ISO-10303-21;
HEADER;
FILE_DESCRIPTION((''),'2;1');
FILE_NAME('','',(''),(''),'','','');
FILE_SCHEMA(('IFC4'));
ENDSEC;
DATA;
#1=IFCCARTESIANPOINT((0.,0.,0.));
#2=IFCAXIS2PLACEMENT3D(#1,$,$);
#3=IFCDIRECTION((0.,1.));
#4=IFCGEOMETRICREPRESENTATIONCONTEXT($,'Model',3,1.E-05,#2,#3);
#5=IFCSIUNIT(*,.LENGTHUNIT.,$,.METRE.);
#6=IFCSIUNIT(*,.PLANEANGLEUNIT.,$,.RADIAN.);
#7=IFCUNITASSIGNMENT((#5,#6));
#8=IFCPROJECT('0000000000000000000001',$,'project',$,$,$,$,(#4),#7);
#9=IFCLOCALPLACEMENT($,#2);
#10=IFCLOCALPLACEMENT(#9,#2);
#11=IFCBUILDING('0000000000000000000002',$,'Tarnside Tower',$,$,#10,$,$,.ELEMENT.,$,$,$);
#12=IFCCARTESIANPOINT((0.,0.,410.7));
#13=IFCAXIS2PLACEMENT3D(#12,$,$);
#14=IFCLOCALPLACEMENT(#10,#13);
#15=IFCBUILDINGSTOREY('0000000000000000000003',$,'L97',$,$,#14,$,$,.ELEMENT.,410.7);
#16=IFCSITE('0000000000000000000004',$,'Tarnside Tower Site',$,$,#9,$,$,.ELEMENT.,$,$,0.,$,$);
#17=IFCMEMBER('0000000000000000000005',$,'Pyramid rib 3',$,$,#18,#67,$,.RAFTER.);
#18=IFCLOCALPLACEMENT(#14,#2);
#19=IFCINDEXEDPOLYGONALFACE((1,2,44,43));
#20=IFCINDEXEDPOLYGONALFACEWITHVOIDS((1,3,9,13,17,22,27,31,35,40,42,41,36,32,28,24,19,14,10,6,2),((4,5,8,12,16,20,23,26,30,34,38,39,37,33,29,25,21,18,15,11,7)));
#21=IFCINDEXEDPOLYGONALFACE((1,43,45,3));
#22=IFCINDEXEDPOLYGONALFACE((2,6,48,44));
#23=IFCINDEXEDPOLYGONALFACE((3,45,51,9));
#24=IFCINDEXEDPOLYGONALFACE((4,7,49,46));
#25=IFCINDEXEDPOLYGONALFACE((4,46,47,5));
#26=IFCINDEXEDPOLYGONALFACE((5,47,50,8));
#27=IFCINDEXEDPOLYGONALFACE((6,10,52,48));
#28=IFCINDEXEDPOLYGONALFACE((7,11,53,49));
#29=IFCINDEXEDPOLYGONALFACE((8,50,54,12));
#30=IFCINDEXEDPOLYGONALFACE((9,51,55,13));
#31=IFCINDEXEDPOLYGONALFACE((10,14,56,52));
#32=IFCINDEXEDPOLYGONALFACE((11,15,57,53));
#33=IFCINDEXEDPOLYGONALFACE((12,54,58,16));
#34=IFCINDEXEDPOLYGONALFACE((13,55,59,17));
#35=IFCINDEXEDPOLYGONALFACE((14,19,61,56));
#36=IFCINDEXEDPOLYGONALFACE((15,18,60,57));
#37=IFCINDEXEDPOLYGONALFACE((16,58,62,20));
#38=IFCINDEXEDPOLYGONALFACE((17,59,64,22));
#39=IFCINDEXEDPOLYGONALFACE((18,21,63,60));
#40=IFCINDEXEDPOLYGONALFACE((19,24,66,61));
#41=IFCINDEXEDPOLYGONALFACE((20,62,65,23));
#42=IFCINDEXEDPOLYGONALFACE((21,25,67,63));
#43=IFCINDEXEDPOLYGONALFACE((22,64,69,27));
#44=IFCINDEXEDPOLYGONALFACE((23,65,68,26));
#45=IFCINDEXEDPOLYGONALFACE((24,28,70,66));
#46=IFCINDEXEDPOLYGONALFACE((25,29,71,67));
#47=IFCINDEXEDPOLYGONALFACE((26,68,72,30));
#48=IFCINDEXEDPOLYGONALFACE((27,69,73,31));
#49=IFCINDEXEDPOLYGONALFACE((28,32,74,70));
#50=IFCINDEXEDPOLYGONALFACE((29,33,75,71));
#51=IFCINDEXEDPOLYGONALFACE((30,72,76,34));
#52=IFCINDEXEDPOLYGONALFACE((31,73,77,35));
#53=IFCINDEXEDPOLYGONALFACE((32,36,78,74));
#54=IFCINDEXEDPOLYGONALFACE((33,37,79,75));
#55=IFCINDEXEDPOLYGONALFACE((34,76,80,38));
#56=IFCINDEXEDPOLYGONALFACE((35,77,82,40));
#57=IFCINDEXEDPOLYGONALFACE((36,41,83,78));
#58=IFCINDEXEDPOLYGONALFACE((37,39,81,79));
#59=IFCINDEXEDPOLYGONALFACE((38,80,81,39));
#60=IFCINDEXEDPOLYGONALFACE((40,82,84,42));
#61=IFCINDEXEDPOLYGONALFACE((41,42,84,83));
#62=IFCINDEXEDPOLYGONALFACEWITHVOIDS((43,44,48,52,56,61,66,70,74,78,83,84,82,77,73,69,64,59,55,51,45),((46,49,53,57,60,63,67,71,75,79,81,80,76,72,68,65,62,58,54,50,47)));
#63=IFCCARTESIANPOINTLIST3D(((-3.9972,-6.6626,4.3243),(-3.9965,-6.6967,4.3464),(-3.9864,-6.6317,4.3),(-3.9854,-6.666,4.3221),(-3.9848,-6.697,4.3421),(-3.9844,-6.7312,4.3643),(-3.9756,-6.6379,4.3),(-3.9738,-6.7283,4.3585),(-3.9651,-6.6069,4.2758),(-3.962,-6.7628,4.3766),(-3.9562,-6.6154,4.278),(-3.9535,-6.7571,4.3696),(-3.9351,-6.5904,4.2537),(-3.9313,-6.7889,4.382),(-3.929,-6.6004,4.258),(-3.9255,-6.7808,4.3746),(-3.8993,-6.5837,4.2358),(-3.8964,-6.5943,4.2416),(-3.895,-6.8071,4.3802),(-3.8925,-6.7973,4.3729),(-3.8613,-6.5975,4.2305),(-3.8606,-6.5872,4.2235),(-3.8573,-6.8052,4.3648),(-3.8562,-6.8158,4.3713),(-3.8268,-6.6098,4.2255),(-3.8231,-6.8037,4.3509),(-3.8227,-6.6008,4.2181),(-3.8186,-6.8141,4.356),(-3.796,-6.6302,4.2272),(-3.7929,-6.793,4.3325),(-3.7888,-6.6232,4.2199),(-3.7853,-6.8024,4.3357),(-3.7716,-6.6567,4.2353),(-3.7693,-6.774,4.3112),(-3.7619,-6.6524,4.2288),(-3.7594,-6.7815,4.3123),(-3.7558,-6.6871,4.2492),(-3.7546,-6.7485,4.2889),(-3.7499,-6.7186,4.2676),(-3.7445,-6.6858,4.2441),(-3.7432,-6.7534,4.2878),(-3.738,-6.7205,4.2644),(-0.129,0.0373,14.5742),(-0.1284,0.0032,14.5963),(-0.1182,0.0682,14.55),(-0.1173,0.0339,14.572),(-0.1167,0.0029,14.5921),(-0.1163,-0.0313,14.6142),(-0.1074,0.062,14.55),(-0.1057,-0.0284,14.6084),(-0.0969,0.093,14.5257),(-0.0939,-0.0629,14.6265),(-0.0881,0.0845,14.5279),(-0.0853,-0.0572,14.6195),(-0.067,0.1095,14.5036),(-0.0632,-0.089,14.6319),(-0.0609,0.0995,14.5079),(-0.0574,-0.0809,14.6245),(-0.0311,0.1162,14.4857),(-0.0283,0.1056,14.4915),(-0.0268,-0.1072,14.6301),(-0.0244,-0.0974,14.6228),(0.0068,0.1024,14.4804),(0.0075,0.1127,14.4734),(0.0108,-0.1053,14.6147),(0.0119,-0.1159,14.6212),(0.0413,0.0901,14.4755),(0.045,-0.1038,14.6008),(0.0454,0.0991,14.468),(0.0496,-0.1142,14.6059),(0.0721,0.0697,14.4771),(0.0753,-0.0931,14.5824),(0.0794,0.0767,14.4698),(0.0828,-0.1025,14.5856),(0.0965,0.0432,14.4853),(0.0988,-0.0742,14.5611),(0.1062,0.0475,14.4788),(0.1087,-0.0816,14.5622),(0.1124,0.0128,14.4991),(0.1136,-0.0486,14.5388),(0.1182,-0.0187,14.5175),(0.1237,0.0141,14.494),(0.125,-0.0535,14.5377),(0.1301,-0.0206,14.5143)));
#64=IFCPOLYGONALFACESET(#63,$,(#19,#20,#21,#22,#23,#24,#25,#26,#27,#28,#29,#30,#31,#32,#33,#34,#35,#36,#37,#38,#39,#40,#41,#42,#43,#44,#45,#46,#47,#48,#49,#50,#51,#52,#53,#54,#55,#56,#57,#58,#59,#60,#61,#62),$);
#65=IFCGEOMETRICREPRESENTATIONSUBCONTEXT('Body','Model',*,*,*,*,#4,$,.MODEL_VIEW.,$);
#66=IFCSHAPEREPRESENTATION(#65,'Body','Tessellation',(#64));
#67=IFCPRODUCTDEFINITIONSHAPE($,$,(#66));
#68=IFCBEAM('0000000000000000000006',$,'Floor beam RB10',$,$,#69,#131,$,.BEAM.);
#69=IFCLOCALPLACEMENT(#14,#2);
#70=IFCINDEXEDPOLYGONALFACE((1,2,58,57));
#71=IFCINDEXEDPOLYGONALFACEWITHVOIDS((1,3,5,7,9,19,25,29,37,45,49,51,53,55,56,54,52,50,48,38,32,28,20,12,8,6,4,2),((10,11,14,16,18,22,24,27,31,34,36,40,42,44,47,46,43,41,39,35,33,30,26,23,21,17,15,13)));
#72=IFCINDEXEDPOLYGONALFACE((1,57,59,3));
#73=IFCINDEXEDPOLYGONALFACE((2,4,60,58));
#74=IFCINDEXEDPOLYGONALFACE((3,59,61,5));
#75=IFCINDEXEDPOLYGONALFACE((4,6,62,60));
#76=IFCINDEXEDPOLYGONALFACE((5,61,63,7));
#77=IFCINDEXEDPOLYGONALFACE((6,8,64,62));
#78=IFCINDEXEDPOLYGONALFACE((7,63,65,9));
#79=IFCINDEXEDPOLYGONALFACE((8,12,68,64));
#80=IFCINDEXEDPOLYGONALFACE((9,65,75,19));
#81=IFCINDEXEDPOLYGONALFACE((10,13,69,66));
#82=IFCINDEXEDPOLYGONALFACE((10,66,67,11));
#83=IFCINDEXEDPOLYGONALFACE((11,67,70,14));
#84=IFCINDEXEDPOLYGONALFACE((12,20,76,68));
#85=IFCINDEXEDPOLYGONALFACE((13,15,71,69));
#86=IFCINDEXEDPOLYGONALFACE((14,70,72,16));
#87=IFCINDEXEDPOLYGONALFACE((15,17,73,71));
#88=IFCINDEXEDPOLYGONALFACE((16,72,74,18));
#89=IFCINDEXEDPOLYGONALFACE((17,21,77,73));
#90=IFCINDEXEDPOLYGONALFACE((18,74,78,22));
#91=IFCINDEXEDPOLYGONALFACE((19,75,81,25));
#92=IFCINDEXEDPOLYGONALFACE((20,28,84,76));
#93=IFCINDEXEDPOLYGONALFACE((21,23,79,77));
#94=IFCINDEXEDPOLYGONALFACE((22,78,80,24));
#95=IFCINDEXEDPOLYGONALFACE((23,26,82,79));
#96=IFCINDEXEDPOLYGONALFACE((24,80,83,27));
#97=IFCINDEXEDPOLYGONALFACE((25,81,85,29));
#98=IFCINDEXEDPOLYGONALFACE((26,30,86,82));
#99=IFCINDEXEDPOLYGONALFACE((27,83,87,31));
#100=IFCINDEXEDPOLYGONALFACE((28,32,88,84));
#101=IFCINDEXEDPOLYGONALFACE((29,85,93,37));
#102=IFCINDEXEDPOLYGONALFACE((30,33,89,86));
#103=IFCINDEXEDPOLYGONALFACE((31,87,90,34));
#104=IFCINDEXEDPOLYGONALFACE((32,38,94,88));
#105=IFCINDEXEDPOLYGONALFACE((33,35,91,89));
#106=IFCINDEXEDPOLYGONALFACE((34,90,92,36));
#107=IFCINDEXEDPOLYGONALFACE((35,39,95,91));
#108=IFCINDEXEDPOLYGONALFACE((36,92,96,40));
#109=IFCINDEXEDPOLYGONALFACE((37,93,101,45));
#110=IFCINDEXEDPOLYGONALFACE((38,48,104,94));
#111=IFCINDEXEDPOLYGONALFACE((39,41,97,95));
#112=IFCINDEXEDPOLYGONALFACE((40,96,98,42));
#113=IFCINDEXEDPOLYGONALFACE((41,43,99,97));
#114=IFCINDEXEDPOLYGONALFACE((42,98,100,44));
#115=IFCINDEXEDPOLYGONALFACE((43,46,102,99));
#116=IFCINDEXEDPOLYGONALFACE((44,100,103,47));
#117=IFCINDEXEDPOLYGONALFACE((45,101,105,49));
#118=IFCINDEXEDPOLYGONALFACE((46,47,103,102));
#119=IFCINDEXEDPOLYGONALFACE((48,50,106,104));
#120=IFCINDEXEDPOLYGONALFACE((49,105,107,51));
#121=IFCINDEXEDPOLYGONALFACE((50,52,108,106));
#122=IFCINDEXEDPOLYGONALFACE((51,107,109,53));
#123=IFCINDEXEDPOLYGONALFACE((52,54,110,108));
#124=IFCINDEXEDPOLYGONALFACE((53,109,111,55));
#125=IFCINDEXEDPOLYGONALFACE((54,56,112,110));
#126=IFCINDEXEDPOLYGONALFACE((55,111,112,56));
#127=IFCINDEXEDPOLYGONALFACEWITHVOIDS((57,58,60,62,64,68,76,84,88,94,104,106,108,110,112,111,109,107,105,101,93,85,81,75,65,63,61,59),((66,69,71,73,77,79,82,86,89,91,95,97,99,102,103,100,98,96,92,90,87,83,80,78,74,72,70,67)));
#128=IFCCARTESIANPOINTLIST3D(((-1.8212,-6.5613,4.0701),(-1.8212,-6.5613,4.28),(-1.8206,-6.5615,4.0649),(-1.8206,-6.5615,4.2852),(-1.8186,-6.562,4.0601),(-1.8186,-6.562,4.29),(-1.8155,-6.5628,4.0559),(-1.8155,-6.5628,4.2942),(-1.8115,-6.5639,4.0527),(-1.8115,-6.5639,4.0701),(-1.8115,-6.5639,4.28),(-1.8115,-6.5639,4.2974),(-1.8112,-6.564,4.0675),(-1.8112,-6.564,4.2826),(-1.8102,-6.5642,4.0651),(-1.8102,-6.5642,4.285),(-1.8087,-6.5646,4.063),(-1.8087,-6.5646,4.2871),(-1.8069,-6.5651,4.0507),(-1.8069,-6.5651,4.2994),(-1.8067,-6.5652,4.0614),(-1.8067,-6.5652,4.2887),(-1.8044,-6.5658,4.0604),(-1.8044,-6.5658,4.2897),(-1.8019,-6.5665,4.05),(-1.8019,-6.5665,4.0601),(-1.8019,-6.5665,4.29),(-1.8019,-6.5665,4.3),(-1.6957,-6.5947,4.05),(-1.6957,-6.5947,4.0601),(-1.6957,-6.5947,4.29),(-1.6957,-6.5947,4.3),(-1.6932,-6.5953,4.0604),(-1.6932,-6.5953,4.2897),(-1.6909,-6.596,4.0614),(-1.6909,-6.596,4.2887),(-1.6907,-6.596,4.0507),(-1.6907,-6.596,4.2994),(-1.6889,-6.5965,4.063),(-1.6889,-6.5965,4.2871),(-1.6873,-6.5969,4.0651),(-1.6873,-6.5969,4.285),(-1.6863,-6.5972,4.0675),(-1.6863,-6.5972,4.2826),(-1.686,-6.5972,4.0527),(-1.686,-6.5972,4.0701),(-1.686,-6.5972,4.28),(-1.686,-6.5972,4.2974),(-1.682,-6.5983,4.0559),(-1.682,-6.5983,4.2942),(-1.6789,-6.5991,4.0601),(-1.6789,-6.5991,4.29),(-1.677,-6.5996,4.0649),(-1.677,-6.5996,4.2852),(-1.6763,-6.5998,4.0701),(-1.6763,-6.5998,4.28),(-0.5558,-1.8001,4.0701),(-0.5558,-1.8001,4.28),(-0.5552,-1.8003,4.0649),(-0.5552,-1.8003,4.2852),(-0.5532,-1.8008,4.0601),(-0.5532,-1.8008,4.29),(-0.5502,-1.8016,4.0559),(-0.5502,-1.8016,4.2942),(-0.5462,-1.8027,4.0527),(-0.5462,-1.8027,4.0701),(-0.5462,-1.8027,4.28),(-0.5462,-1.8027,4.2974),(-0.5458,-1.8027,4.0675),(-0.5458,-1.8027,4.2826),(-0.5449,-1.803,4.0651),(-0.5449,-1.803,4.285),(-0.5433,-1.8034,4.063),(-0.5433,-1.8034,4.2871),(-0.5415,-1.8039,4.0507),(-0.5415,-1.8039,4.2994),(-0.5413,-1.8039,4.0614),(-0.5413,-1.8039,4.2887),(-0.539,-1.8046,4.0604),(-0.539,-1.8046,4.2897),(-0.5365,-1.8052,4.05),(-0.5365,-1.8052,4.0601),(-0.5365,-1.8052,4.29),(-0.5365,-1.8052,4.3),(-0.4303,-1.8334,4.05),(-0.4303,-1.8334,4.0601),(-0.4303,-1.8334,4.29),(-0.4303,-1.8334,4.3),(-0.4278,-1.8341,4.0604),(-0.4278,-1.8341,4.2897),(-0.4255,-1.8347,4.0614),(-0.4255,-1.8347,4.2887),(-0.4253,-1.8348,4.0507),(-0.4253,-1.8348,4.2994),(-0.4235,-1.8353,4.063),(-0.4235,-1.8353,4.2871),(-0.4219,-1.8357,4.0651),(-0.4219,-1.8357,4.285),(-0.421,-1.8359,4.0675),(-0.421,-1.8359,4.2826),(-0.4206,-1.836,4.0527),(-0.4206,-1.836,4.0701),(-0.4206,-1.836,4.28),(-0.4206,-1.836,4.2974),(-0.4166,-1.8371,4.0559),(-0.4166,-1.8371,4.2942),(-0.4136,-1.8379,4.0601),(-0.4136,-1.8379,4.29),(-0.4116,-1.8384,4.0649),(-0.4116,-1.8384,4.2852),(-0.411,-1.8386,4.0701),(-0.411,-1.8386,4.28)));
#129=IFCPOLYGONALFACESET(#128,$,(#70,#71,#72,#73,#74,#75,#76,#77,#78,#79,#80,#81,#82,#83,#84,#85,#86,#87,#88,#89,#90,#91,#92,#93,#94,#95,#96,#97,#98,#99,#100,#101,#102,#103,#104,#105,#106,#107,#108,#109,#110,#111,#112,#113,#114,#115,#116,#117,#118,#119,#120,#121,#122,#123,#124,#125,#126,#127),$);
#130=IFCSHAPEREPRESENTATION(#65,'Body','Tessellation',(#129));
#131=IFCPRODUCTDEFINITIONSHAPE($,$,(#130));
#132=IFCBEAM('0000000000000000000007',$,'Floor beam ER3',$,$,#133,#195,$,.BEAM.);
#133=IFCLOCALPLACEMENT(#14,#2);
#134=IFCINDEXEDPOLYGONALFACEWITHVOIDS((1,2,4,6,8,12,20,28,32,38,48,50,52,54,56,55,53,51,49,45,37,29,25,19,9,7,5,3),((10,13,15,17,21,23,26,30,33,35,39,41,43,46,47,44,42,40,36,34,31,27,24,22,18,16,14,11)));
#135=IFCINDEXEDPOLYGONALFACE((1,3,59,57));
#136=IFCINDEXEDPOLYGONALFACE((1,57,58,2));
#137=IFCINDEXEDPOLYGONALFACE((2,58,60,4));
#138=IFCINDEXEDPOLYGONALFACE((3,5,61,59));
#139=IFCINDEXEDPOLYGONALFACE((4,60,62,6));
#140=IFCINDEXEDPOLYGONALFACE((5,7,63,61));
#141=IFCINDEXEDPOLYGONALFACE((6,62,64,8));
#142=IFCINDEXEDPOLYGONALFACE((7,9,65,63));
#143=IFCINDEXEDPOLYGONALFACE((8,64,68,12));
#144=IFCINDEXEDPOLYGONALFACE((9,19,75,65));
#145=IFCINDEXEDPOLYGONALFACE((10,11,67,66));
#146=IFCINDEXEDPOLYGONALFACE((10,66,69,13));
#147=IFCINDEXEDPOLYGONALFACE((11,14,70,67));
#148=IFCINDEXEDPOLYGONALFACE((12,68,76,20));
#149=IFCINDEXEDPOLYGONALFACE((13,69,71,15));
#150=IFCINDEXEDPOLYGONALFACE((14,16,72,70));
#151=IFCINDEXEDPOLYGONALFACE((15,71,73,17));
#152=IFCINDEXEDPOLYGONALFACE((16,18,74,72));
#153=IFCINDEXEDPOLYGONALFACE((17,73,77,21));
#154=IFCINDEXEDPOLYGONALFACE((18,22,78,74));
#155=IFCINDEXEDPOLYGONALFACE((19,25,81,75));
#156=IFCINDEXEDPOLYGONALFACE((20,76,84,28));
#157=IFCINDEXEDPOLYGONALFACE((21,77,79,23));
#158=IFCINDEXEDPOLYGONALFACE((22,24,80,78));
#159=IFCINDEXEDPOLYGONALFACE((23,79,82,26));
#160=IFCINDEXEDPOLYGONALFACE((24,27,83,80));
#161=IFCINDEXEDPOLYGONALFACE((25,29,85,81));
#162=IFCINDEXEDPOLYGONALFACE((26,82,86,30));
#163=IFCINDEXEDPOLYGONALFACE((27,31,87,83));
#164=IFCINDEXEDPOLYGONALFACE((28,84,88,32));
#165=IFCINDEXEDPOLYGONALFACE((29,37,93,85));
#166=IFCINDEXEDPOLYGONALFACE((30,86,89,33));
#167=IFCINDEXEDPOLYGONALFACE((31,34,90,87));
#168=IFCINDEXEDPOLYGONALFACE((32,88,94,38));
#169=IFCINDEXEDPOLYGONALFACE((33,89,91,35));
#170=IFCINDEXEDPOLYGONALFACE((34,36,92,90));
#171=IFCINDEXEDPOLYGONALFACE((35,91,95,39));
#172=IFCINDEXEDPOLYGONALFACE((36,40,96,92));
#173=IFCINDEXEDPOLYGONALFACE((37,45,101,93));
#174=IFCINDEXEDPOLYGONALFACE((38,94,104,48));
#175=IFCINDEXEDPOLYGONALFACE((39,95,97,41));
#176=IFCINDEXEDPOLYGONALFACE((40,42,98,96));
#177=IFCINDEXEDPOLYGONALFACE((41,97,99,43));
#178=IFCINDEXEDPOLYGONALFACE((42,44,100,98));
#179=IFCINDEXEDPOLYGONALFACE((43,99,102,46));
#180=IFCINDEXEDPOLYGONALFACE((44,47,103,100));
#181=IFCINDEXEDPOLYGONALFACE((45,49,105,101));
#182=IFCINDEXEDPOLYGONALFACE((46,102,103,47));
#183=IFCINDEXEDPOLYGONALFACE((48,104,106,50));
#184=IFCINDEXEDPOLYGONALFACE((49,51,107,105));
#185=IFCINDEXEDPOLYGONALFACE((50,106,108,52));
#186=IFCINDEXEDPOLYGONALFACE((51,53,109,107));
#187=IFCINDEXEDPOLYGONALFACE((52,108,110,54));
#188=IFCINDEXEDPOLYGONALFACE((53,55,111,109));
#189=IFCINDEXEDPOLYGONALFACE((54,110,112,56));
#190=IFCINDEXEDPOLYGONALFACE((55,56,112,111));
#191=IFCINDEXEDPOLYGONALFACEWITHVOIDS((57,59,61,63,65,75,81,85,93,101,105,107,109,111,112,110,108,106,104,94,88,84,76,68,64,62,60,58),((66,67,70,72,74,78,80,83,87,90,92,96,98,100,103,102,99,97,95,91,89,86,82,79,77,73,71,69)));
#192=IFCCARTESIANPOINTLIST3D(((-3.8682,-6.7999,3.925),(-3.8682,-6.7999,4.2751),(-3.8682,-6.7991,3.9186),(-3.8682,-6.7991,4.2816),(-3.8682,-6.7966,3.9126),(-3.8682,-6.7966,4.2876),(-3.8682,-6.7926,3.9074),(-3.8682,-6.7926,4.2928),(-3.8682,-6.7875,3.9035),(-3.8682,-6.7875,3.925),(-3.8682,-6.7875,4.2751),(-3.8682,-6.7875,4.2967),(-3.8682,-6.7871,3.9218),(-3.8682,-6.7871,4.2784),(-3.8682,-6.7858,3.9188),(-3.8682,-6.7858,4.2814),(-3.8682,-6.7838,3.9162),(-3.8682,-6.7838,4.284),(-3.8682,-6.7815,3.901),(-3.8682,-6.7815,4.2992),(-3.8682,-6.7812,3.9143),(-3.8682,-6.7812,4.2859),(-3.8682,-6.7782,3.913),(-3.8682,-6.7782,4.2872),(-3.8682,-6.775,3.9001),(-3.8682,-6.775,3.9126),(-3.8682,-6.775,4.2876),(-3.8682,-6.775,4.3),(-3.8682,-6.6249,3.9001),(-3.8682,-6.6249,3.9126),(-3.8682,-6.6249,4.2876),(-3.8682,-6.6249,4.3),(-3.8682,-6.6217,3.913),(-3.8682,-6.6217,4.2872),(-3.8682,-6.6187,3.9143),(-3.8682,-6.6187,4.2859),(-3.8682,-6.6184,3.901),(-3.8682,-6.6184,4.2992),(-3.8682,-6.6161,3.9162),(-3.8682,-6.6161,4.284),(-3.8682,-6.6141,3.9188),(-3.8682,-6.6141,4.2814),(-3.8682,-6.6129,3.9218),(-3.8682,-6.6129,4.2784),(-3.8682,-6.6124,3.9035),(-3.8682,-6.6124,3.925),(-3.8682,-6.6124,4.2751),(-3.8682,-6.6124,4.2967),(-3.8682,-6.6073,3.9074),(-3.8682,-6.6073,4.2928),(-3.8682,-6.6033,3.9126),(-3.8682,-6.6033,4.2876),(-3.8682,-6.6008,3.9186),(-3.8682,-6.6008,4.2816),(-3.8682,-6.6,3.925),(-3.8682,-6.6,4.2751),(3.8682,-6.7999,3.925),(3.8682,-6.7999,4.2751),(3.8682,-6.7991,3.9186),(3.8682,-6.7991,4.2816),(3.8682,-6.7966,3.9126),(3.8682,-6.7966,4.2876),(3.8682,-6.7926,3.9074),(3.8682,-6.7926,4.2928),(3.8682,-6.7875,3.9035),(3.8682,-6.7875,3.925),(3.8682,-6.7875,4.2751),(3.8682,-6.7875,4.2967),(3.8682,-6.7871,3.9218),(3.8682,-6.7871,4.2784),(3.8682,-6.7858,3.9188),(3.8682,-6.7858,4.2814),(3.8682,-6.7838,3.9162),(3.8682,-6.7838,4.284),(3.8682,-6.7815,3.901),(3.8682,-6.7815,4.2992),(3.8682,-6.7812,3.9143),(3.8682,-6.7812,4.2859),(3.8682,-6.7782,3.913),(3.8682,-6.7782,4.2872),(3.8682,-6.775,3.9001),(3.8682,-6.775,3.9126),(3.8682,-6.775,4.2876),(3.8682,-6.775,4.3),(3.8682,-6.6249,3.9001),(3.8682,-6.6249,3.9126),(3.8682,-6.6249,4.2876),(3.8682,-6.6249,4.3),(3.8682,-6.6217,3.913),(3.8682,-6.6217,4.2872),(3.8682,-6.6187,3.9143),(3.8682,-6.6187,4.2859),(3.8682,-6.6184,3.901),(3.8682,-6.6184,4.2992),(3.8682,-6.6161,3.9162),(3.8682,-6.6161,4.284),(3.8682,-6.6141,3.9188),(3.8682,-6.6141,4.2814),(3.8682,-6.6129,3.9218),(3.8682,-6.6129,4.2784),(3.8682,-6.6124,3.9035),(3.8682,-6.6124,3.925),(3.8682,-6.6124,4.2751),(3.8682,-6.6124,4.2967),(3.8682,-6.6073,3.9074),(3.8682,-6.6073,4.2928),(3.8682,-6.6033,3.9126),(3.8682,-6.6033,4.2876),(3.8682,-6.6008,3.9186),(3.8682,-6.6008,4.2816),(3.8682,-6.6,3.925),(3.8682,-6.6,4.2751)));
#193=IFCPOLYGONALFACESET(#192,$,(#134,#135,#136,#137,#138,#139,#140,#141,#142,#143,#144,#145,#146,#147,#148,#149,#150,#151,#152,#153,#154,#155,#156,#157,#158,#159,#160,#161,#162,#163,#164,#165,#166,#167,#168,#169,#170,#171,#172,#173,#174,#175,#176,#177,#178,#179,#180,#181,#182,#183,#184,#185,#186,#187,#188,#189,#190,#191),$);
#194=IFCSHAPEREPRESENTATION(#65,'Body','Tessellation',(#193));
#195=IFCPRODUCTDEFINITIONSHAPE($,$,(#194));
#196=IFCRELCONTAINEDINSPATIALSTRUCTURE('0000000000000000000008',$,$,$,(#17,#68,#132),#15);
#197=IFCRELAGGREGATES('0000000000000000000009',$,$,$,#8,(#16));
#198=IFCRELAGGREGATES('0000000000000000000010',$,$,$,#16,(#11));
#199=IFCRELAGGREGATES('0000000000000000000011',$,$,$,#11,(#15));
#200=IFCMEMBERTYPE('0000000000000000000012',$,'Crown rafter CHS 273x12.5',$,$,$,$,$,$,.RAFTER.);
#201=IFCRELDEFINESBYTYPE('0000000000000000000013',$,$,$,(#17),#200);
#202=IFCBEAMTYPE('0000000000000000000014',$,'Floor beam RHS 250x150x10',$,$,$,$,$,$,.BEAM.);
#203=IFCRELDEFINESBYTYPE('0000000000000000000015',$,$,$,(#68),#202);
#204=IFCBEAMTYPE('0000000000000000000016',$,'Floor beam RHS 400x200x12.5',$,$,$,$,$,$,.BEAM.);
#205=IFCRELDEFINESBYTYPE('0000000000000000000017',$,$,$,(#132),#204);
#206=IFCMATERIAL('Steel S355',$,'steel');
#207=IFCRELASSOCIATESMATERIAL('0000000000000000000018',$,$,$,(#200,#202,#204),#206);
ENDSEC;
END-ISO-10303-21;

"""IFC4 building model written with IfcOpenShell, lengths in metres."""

from ifc_helpers import new_model, si_unit, direction, frame, origin, origin_2d, place, context, subcontext, project, spatial, hollow_rectangle, hollow_circle, extrude, material, material_profile, profile_set, type_object, element, save


model = new_model("IFC4")

# Units and contexts
model_context = context("Model", 3, precision=1e-05, world=origin(), true_north=direction((0.0, 1.0)))
body_context = subcontext(model_context, "Body", "Model", "MODEL_VIEW")
ifc_project = project(units=[si_unit("LENGTHUNIT", "METRE"), si_unit("PLANEANGLEUNIT", "RADIAN")], contexts=[model_context])

# Site, building, storey
site_placement = place(None, origin())
site = spatial("IfcSite", under=ifc_project, at=site_placement, Name="Tarnside Tower Site", CompositionType="ELEMENT", RefElevation=0.0)
building_placement = place(site_placement, origin())
building = spatial("IfcBuilding", under=site, at=building_placement, Name="Tarnside Tower", CompositionType="ELEMENT")
storey_placement = place(building_placement, frame((0.0, 0.0, 410.7)))
storey = spatial("IfcBuildingStorey", under=building, at=storey_placement, Name="L97", CompositionType="ELEMENT", Elevation=410.7)

# Member
ifc_material_1 = material(Name="Steel S355", Category="steel")
ifc_material_profile_1 = material_profile(ifc_material_1, hollow_circle(Radius=0.1365, WallThickness=0.0125, at=origin_2d()), Name="CHS 273x12.5")
ifc_profile_set_1 = profile_set([ifc_material_profile_1], Name="Steel S355")
member_type_1 = type_object("IfcMemberType", Name="Crown rafter CHS 273x12.5", PredefinedType="RAFTER", material=ifc_profile_set_1)
member_1_placement = place(storey_placement, frame((-3.8682, -6.7, 4.3), z_axis=(0.301214, 0.521726, 0.798168), x_axis=(-0.866028, 0.499995, 0.0)))
element("IfcMember", 1, at=member_1_placement, inside=storey, type_object=member_type_1, Name="Pyramid rib 3", PredefinedType="RAFTER", context=body_context, shape_type="SweptSolid", body=[
    extrude(hollow_circle(Radius=0.1365, WallThickness=0.0125, at=origin_2d()), origin(), (0.0, 0.0, 1.0), 12.8418),
])

# Beams
ifc_material_profile_2 = material_profile(ifc_material_1, hollow_rectangle(XDim=0.1499, YDim=0.25, WallThickness=0.01, InnerFilletRadius=0.01, OuterFilletRadius=0.02, at=origin_2d()), Name="RHS 250x150x10")
ifc_profile_set_2 = profile_set([ifc_material_profile_2], Name="Steel S355")
beam_type_1 = type_object("IfcBeamType", Name="Floor beam RHS 250x150x10", PredefinedType="BEAM", material=ifc_profile_set_2)
beam_1_placement = place(storey_placement, frame((-1.7488, -6.5806, 4.175), z_axis=(0.256851, 0.966451, 0.0), x_axis=(-0.966451, 0.256851, 0.0)))
element("IfcBeam", 2, at=beam_1_placement, inside=storey, type_object=beam_type_1, Name="Floor beam RB10", PredefinedType="BEAM", context=body_context, shape_type="SweptSolid", body=[
    extrude(hollow_rectangle(XDim=0.1499, YDim=0.25, WallThickness=0.01, InnerFilletRadius=0.01, OuterFilletRadius=0.02, at=origin_2d()), origin(), (0.0, 0.0, 1.0), 4.9265),
])
ifc_material_profile_3 = material_profile(ifc_material_1, hollow_rectangle(XDim=0.2, YDim=0.3999, WallThickness=0.0125, InnerFilletRadius=0.0125, OuterFilletRadius=0.0249, at=origin_2d()), Name="RHS 400x200x12.5")
ifc_profile_set_3 = profile_set([ifc_material_profile_3], Name="Steel S355")
beam_type_2 = type_object("IfcBeamType", Name="Floor beam RHS 400x200x12.5", PredefinedType="BEAM", material=ifc_profile_set_3)
beam_2_placement = place(storey_placement, frame((-3.8682, -6.7, 4.1001), z_axis=(1.0, 0.0, 0.0), x_axis=(0.0, 1.0, 0.0)))
element("IfcBeam", 3, at=beam_2_placement, inside=storey, type_object=beam_type_2, Name="Floor beam ER3", PredefinedType="BEAM", context=body_context, shape_type="SweptSolid", body=[
    extrude(hollow_rectangle(XDim=0.2, YDim=0.3999, WallThickness=0.0125, InnerFilletRadius=0.0125, OuterFilletRadius=0.0249, at=origin_2d()), origin(), (0.0, 0.0, 1.0), 7.7363),
])

save(model, "model.ifc")
